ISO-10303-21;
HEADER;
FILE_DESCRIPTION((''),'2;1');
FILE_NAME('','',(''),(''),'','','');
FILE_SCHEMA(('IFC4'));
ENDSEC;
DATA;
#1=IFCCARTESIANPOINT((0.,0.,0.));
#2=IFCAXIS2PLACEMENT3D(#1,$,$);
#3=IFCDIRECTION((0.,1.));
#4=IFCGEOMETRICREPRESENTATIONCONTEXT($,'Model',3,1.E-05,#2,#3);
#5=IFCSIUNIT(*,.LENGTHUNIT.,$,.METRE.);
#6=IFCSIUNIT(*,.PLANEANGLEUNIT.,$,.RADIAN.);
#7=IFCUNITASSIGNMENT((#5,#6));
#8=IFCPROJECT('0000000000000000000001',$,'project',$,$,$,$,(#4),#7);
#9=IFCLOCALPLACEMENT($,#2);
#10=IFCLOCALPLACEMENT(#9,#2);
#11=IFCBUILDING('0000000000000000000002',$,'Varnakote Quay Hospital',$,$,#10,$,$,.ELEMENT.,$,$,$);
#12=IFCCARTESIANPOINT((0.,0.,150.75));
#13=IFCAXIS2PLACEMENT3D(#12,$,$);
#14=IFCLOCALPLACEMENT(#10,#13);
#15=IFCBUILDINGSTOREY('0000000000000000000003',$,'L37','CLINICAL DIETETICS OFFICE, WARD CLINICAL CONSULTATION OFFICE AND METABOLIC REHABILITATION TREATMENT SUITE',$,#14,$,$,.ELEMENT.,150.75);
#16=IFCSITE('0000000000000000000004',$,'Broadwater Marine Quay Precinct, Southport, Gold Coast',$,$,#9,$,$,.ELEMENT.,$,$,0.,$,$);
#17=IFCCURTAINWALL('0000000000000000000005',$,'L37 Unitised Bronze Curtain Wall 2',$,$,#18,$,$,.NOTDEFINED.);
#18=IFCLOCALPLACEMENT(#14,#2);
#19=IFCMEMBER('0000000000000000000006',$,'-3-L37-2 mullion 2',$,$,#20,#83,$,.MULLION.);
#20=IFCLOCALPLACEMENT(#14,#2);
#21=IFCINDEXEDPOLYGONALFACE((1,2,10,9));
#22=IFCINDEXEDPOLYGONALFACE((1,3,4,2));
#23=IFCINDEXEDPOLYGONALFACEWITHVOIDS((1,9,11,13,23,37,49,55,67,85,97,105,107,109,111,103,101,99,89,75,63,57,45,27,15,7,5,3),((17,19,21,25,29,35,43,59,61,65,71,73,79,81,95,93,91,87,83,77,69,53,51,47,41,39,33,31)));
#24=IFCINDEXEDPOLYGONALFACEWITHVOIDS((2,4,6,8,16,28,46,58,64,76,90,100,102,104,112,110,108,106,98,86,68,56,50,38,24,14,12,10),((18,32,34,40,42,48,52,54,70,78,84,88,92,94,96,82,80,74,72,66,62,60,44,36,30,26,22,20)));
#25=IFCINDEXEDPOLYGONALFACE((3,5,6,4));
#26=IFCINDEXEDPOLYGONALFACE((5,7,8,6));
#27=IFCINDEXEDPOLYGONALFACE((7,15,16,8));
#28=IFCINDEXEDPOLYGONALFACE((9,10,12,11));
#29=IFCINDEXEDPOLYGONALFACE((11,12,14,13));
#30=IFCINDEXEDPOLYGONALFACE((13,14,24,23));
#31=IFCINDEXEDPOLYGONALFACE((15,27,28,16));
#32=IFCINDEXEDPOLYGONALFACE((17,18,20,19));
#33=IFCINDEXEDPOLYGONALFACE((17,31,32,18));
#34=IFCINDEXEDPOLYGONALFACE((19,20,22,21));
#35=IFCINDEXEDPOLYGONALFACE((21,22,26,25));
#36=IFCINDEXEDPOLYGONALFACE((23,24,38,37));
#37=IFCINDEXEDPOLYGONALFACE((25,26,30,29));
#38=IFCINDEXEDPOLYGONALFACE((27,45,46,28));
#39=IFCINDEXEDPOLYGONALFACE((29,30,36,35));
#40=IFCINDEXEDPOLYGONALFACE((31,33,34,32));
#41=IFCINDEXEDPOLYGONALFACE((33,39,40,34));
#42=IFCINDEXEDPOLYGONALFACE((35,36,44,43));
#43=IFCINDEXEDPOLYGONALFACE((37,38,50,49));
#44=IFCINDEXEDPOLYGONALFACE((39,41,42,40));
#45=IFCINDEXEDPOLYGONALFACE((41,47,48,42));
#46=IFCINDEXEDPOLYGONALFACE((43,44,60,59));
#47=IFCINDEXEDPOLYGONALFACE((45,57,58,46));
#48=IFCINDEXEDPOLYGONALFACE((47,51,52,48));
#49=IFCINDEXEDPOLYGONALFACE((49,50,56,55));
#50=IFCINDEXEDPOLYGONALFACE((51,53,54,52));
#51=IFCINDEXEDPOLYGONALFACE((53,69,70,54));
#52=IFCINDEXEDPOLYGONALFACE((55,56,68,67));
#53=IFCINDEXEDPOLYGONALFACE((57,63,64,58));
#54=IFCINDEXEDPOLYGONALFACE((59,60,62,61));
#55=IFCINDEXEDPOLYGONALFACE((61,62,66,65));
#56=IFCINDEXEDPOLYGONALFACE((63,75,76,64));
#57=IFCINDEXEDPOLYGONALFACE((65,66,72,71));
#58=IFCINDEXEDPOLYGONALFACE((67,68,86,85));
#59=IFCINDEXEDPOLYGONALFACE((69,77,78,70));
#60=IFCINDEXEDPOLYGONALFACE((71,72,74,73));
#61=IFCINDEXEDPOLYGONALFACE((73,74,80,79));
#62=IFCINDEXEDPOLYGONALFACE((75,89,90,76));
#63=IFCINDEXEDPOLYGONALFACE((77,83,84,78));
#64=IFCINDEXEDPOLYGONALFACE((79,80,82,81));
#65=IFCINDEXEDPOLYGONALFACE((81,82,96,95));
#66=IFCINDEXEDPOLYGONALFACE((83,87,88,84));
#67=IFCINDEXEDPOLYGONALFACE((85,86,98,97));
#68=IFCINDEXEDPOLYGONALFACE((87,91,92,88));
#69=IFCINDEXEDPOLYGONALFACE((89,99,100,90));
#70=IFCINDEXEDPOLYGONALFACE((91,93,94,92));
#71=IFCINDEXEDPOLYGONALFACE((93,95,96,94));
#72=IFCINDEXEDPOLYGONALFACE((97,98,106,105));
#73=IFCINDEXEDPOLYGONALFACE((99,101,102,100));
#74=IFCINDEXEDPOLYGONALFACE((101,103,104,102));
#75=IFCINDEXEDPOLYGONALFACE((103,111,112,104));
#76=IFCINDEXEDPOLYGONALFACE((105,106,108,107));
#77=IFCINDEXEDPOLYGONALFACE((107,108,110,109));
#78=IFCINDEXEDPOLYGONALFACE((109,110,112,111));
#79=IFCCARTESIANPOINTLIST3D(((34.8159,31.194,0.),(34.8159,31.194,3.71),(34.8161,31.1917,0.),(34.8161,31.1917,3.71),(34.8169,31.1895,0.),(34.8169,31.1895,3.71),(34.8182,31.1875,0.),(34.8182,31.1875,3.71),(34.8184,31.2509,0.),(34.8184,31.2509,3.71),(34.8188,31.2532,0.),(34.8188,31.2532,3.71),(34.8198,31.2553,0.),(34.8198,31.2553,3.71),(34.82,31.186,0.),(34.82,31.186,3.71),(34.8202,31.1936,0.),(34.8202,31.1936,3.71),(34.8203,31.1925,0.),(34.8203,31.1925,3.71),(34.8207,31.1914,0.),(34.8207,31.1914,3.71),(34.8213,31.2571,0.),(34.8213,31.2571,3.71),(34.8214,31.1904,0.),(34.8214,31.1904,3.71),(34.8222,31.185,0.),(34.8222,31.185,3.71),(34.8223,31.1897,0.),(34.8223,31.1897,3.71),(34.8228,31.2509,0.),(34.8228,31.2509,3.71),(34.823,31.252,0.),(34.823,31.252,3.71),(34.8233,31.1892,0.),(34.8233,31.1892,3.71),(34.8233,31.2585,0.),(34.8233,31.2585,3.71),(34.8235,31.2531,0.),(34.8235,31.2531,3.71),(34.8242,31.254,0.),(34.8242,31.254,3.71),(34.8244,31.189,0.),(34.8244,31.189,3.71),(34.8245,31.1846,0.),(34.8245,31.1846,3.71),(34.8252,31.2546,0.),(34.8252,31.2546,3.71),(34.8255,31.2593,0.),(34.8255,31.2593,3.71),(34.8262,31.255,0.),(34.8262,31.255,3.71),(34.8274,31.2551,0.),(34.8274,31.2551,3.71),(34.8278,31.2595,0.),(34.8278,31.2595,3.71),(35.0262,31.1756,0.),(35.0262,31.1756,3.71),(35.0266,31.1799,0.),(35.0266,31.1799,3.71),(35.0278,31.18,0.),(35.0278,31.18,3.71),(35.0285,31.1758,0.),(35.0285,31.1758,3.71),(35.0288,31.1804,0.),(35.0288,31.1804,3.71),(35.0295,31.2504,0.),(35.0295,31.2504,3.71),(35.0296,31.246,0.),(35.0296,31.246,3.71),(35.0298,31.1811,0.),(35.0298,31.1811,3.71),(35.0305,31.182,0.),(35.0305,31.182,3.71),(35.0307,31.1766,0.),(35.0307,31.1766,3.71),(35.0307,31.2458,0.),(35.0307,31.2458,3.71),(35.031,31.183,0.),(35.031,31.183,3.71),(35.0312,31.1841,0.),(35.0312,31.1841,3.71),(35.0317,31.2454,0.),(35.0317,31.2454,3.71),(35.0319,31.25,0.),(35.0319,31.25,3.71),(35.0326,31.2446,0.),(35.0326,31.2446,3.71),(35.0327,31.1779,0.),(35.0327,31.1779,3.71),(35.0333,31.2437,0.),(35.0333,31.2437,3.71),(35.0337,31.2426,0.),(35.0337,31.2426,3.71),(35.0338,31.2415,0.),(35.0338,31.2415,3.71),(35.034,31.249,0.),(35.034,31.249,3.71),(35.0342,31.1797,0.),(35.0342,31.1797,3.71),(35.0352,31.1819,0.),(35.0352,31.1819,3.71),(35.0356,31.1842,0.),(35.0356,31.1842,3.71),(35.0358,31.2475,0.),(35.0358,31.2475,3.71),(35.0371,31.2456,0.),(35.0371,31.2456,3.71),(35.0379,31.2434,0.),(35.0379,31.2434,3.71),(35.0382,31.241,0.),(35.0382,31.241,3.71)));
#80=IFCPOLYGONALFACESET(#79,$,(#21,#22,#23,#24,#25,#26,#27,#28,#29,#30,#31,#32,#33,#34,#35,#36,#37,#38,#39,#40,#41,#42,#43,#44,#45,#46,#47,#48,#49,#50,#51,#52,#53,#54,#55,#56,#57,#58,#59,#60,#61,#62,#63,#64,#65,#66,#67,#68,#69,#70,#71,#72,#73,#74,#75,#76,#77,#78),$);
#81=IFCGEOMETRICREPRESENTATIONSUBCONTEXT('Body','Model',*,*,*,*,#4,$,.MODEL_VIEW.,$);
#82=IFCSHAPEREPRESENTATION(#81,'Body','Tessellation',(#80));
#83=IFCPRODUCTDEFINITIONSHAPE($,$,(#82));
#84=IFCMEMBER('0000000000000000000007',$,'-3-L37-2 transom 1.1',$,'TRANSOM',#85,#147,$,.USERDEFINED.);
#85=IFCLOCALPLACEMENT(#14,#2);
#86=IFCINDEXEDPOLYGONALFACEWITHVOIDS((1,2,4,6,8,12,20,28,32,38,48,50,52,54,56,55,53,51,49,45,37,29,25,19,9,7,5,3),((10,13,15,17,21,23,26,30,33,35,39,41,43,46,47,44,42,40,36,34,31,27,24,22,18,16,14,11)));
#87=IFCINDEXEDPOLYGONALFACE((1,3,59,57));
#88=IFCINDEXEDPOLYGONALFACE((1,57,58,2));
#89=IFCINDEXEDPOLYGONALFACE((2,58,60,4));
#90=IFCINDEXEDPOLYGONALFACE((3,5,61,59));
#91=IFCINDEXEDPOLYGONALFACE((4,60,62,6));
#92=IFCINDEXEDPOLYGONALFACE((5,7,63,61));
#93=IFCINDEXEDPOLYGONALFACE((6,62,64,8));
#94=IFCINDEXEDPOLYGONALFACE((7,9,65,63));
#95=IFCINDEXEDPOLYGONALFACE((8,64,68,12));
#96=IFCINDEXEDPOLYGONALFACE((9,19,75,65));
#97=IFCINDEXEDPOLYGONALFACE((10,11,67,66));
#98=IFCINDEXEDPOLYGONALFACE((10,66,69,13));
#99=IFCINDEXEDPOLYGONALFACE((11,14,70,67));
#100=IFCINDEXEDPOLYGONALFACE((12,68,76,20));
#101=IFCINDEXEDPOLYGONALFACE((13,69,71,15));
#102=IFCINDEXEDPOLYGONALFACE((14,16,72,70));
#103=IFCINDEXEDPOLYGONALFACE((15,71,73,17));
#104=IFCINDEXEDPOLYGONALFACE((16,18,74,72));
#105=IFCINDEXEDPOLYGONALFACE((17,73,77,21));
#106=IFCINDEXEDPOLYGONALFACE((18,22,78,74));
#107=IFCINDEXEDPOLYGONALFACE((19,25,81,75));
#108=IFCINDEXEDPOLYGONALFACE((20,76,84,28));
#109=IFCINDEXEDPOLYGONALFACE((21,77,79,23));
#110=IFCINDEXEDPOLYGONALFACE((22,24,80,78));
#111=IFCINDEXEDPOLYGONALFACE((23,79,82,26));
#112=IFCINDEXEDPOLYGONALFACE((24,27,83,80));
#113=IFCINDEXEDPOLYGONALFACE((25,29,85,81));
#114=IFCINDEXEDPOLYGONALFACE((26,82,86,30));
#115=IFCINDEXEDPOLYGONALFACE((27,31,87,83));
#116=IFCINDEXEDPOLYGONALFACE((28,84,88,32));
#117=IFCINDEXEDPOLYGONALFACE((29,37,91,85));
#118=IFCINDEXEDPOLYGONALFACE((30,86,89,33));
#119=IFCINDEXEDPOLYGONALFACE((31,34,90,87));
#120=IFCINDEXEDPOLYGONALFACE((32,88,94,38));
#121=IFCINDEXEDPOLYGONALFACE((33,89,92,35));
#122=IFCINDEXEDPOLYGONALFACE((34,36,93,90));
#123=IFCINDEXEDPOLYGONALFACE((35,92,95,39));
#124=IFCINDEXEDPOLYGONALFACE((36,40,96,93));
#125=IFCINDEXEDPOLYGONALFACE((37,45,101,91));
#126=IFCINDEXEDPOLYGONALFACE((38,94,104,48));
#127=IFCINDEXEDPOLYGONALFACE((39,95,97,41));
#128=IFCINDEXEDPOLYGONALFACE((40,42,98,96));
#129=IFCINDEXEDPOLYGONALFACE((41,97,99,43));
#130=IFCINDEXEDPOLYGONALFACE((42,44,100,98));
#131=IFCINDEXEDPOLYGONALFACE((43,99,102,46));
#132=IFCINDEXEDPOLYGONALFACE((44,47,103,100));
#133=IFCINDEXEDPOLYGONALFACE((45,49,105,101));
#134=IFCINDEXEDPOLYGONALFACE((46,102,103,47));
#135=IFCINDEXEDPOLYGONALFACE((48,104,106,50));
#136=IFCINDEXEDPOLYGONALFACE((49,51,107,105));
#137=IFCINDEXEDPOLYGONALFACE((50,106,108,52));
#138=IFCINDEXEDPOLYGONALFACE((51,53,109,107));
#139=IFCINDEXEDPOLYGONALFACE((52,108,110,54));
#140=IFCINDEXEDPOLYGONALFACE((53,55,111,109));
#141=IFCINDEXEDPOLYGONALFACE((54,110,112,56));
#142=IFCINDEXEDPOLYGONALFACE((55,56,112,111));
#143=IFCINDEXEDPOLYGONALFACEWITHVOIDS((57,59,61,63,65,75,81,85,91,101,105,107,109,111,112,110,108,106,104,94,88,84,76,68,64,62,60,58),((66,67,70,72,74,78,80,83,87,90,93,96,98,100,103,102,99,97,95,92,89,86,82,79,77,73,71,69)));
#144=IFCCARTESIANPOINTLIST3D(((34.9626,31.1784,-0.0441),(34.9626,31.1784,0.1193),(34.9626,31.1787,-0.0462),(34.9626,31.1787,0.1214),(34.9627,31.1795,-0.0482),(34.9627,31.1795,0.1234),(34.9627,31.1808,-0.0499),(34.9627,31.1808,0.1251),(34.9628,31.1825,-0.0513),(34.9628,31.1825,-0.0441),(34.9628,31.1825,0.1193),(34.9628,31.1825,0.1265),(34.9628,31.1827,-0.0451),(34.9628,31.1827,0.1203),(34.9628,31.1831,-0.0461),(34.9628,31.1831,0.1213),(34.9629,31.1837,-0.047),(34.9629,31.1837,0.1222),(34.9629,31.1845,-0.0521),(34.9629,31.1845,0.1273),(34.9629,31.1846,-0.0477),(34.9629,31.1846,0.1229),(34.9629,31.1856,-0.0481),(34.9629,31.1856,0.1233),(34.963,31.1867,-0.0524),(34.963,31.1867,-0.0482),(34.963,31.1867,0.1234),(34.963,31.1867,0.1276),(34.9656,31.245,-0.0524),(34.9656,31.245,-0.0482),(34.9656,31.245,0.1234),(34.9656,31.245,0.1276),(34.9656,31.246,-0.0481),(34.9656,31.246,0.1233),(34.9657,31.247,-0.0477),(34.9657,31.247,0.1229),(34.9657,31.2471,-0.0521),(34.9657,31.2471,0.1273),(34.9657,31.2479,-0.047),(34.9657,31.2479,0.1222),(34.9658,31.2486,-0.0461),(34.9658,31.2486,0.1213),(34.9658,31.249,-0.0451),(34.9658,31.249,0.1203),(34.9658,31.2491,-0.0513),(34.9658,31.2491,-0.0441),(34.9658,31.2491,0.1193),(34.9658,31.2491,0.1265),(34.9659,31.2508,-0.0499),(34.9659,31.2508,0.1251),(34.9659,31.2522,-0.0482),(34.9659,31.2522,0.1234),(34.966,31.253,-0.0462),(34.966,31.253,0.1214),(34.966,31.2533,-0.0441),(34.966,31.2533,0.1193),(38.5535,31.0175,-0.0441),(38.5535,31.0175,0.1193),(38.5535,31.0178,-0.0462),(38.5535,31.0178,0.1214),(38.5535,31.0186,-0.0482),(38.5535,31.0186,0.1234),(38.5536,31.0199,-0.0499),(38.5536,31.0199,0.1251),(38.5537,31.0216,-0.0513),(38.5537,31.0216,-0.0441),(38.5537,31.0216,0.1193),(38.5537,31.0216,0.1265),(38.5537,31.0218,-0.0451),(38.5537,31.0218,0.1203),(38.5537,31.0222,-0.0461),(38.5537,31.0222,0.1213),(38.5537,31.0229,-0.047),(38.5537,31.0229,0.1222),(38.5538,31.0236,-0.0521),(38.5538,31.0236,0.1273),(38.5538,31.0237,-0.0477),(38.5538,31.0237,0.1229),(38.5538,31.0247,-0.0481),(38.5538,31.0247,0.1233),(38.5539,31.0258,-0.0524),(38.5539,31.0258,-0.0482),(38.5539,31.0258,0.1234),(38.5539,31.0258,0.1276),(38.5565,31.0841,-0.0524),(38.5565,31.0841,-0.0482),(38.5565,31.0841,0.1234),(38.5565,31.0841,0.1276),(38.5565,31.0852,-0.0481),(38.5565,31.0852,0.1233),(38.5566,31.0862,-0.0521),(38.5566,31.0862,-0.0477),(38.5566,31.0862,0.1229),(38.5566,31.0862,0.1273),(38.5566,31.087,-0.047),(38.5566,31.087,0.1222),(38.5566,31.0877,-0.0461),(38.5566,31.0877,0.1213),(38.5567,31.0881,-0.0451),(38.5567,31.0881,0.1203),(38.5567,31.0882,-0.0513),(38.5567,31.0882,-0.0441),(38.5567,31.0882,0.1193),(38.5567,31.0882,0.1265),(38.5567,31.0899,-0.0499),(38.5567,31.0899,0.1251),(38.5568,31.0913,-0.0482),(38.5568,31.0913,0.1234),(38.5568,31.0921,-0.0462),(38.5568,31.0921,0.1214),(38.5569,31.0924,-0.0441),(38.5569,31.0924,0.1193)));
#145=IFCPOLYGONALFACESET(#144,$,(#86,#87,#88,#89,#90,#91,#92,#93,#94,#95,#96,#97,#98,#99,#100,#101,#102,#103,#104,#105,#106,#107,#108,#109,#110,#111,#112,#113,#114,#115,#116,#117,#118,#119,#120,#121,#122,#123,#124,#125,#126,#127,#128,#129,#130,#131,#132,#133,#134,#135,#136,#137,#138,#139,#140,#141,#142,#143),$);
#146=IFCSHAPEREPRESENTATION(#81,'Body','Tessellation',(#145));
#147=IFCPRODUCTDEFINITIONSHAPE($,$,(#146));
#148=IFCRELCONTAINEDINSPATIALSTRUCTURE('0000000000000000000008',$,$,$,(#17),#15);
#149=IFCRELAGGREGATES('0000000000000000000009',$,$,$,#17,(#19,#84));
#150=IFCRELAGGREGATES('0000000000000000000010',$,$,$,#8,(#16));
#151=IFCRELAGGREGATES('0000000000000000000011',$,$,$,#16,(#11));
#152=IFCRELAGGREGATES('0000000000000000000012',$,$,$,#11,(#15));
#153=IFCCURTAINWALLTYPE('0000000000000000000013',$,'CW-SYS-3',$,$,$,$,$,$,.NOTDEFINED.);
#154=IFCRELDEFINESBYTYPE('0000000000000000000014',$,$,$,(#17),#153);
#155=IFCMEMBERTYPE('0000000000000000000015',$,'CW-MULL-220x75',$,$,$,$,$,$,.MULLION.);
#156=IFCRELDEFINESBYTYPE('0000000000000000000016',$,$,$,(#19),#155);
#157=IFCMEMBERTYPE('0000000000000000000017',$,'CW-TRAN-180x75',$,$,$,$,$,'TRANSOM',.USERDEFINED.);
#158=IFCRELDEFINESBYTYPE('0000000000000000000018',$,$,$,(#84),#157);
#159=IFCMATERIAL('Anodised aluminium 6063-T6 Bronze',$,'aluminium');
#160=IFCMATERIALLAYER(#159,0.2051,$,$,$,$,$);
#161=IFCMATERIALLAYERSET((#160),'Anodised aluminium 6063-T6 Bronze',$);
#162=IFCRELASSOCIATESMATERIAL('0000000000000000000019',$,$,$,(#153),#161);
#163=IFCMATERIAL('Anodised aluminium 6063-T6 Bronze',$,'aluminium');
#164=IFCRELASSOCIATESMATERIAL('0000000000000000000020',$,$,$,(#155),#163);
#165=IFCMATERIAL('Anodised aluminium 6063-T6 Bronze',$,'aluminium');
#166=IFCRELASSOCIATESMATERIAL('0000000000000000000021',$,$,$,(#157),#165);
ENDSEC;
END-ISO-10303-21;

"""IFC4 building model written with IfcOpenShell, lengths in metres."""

from ifc_helpers import new_model, si_unit, direction, frame, origin, origin_2d, place, context, subcontext, project, spatial, hollow_rectangle, extrude, material, layer, layer_set, material_profile, profile_set, type_object, element, aggregate, save


model = new_model("IFC4")

# Units and contexts
model_context = context("Model", 3, precision=1e-05, world=origin(), true_north=direction((0.0, 1.0)))
body_context = subcontext(model_context, "Body", "Model", "MODEL_VIEW")
ifc_project = project(units=[si_unit("LENGTHUNIT", "METRE"), si_unit("PLANEANGLEUNIT", "RADIAN")], contexts=[model_context])

# Site, building, storey
site_placement = place(None, origin())
site = spatial("IfcSite", under=ifc_project, at=site_placement, Name="Broadwater Marine Quay Precinct, Southport, Gold Coast", CompositionType="ELEMENT", RefElevation=0.0)
building_placement = place(site_placement, origin())
building = spatial("IfcBuilding", under=site, at=building_placement, Name="Varnakote Quay Hospital", CompositionType="ELEMENT")
storey_placement = place(building_placement, frame((0.0, 0.0, 150.75)))
storey = spatial("IfcBuildingStorey", under=building, at=storey_placement, Name="L37", Description="CLINICAL DIETETICS OFFICE, WARD CLINICAL CONSULTATION OFFICE AND METABOLIC REHABILITATION TREATMENT SUITE", CompositionType="ELEMENT", Elevation=150.75)

# Shared definitions
ifc_material_1 = material(Name="Anodised aluminium 6063-T6 Bronze", Category="aluminium")
ifc_layer_1 = layer(ifc_material_1, 0.2051)
ifc_layer_set_1 = layer_set([ifc_layer_1], Name="Anodised aluminium 6063-T6 Bronze")
curtain_wall_type = type_object("IfcCurtainWallType", Name="CW-SYS-3", PredefinedType="NOTDEFINED", material=ifc_layer_set_1)
ifc_material_2 = material(Name="Anodised aluminium 6063-T6 Bronze", Category="aluminium")
ifc_material_profile_1 = material_profile(ifc_material_2, hollow_rectangle(XDim=0.075, YDim=0.22, WallThickness=0.0044, InnerFilletRadius=0.0044, OuterFilletRadius=0.009, at=origin_2d()), Name="CW-MULL-220x75")
ifc_profile_set_1 = profile_set([ifc_material_profile_1], Name="Anodised aluminium 6063-T6 Bronze")
member_type_1 = type_object("IfcMemberType", Name="CW-MULL-220x75", PredefinedType="MULLION", material=ifc_profile_set_1)

# Curtain wall, members
curtain_wall_1_placement = place(storey_placement, origin())
curtain_wall_1 = element("IfcCurtainWall", 1, at=curtain_wall_1_placement, inside=storey, type_object=curtain_wall_type, Name="L37 Unitised Bronze Curtain Wall 2", PredefinedType="NOTDEFINED")
member_1_placement = place(storey_placement, frame((34.927, 31.2175, 0.0), z_axis=(0.0, 0.0, 1.0), x_axis=(-0.044782, -0.998997, 0.0)))
member_1 = element("IfcMember", 2, at=member_1_placement, type_object=member_type_1, Name="-3-L37-2 mullion 2", PredefinedType="MULLION", context=body_context, shape_type="SweptSolid", body=[
    extrude(hollow_rectangle(XDim=0.075, YDim=0.22, WallThickness=0.0044, InnerFilletRadius=0.0044, OuterFilletRadius=0.009, at=origin_2d()), origin(), (0.0, 0.0, 1.0), 3.71),
])
ifc_material_3 = material(Name="Anodised aluminium 6063-T6 Bronze", Category="aluminium")
ifc_material_profile_2 = material_profile(ifc_material_3, hollow_rectangle(XDim=0.075, YDim=0.1799, WallThickness=0.0042, InnerFilletRadius=0.0042, OuterFilletRadius=0.0083, at=origin_2d()), Name="CW-TRAN-180x75")
ifc_profile_set_2 = profile_set([ifc_material_profile_2], Name="Anodised aluminium 6063-T6 Bronze")
member_type_2 = type_object("IfcMemberType", Name="CW-TRAN-180x75", ElementType="TRANSOM", PredefinedType="USERDEFINED", material=ifc_profile_set_2)
member_2_placement = place(storey_placement, frame((38.5552, 31.0549, 0.0376), z_axis=(-0.998998, 0.044761, 0.0), x_axis=(-0.044761, -0.998998, 0.0)))
member_2 = element("IfcMember", 3, at=member_2_placement, type_object=member_type_2, Name="-3-L37-2 transom 1.1", ObjectType="TRANSOM", PredefinedType="USERDEFINED", context=body_context, shape_type="SweptSolid", body=[
    extrude(hollow_rectangle(XDim=0.075, YDim=0.1799, WallThickness=0.0042, InnerFilletRadius=0.0042, OuterFilletRadius=0.0083, at=origin_2d()), origin(), (0.0, 0.0, 1.0), 3.5945),
])

aggregate(curtain_wall_1, [member_1, member_2])

save(model, "model.ifc")
